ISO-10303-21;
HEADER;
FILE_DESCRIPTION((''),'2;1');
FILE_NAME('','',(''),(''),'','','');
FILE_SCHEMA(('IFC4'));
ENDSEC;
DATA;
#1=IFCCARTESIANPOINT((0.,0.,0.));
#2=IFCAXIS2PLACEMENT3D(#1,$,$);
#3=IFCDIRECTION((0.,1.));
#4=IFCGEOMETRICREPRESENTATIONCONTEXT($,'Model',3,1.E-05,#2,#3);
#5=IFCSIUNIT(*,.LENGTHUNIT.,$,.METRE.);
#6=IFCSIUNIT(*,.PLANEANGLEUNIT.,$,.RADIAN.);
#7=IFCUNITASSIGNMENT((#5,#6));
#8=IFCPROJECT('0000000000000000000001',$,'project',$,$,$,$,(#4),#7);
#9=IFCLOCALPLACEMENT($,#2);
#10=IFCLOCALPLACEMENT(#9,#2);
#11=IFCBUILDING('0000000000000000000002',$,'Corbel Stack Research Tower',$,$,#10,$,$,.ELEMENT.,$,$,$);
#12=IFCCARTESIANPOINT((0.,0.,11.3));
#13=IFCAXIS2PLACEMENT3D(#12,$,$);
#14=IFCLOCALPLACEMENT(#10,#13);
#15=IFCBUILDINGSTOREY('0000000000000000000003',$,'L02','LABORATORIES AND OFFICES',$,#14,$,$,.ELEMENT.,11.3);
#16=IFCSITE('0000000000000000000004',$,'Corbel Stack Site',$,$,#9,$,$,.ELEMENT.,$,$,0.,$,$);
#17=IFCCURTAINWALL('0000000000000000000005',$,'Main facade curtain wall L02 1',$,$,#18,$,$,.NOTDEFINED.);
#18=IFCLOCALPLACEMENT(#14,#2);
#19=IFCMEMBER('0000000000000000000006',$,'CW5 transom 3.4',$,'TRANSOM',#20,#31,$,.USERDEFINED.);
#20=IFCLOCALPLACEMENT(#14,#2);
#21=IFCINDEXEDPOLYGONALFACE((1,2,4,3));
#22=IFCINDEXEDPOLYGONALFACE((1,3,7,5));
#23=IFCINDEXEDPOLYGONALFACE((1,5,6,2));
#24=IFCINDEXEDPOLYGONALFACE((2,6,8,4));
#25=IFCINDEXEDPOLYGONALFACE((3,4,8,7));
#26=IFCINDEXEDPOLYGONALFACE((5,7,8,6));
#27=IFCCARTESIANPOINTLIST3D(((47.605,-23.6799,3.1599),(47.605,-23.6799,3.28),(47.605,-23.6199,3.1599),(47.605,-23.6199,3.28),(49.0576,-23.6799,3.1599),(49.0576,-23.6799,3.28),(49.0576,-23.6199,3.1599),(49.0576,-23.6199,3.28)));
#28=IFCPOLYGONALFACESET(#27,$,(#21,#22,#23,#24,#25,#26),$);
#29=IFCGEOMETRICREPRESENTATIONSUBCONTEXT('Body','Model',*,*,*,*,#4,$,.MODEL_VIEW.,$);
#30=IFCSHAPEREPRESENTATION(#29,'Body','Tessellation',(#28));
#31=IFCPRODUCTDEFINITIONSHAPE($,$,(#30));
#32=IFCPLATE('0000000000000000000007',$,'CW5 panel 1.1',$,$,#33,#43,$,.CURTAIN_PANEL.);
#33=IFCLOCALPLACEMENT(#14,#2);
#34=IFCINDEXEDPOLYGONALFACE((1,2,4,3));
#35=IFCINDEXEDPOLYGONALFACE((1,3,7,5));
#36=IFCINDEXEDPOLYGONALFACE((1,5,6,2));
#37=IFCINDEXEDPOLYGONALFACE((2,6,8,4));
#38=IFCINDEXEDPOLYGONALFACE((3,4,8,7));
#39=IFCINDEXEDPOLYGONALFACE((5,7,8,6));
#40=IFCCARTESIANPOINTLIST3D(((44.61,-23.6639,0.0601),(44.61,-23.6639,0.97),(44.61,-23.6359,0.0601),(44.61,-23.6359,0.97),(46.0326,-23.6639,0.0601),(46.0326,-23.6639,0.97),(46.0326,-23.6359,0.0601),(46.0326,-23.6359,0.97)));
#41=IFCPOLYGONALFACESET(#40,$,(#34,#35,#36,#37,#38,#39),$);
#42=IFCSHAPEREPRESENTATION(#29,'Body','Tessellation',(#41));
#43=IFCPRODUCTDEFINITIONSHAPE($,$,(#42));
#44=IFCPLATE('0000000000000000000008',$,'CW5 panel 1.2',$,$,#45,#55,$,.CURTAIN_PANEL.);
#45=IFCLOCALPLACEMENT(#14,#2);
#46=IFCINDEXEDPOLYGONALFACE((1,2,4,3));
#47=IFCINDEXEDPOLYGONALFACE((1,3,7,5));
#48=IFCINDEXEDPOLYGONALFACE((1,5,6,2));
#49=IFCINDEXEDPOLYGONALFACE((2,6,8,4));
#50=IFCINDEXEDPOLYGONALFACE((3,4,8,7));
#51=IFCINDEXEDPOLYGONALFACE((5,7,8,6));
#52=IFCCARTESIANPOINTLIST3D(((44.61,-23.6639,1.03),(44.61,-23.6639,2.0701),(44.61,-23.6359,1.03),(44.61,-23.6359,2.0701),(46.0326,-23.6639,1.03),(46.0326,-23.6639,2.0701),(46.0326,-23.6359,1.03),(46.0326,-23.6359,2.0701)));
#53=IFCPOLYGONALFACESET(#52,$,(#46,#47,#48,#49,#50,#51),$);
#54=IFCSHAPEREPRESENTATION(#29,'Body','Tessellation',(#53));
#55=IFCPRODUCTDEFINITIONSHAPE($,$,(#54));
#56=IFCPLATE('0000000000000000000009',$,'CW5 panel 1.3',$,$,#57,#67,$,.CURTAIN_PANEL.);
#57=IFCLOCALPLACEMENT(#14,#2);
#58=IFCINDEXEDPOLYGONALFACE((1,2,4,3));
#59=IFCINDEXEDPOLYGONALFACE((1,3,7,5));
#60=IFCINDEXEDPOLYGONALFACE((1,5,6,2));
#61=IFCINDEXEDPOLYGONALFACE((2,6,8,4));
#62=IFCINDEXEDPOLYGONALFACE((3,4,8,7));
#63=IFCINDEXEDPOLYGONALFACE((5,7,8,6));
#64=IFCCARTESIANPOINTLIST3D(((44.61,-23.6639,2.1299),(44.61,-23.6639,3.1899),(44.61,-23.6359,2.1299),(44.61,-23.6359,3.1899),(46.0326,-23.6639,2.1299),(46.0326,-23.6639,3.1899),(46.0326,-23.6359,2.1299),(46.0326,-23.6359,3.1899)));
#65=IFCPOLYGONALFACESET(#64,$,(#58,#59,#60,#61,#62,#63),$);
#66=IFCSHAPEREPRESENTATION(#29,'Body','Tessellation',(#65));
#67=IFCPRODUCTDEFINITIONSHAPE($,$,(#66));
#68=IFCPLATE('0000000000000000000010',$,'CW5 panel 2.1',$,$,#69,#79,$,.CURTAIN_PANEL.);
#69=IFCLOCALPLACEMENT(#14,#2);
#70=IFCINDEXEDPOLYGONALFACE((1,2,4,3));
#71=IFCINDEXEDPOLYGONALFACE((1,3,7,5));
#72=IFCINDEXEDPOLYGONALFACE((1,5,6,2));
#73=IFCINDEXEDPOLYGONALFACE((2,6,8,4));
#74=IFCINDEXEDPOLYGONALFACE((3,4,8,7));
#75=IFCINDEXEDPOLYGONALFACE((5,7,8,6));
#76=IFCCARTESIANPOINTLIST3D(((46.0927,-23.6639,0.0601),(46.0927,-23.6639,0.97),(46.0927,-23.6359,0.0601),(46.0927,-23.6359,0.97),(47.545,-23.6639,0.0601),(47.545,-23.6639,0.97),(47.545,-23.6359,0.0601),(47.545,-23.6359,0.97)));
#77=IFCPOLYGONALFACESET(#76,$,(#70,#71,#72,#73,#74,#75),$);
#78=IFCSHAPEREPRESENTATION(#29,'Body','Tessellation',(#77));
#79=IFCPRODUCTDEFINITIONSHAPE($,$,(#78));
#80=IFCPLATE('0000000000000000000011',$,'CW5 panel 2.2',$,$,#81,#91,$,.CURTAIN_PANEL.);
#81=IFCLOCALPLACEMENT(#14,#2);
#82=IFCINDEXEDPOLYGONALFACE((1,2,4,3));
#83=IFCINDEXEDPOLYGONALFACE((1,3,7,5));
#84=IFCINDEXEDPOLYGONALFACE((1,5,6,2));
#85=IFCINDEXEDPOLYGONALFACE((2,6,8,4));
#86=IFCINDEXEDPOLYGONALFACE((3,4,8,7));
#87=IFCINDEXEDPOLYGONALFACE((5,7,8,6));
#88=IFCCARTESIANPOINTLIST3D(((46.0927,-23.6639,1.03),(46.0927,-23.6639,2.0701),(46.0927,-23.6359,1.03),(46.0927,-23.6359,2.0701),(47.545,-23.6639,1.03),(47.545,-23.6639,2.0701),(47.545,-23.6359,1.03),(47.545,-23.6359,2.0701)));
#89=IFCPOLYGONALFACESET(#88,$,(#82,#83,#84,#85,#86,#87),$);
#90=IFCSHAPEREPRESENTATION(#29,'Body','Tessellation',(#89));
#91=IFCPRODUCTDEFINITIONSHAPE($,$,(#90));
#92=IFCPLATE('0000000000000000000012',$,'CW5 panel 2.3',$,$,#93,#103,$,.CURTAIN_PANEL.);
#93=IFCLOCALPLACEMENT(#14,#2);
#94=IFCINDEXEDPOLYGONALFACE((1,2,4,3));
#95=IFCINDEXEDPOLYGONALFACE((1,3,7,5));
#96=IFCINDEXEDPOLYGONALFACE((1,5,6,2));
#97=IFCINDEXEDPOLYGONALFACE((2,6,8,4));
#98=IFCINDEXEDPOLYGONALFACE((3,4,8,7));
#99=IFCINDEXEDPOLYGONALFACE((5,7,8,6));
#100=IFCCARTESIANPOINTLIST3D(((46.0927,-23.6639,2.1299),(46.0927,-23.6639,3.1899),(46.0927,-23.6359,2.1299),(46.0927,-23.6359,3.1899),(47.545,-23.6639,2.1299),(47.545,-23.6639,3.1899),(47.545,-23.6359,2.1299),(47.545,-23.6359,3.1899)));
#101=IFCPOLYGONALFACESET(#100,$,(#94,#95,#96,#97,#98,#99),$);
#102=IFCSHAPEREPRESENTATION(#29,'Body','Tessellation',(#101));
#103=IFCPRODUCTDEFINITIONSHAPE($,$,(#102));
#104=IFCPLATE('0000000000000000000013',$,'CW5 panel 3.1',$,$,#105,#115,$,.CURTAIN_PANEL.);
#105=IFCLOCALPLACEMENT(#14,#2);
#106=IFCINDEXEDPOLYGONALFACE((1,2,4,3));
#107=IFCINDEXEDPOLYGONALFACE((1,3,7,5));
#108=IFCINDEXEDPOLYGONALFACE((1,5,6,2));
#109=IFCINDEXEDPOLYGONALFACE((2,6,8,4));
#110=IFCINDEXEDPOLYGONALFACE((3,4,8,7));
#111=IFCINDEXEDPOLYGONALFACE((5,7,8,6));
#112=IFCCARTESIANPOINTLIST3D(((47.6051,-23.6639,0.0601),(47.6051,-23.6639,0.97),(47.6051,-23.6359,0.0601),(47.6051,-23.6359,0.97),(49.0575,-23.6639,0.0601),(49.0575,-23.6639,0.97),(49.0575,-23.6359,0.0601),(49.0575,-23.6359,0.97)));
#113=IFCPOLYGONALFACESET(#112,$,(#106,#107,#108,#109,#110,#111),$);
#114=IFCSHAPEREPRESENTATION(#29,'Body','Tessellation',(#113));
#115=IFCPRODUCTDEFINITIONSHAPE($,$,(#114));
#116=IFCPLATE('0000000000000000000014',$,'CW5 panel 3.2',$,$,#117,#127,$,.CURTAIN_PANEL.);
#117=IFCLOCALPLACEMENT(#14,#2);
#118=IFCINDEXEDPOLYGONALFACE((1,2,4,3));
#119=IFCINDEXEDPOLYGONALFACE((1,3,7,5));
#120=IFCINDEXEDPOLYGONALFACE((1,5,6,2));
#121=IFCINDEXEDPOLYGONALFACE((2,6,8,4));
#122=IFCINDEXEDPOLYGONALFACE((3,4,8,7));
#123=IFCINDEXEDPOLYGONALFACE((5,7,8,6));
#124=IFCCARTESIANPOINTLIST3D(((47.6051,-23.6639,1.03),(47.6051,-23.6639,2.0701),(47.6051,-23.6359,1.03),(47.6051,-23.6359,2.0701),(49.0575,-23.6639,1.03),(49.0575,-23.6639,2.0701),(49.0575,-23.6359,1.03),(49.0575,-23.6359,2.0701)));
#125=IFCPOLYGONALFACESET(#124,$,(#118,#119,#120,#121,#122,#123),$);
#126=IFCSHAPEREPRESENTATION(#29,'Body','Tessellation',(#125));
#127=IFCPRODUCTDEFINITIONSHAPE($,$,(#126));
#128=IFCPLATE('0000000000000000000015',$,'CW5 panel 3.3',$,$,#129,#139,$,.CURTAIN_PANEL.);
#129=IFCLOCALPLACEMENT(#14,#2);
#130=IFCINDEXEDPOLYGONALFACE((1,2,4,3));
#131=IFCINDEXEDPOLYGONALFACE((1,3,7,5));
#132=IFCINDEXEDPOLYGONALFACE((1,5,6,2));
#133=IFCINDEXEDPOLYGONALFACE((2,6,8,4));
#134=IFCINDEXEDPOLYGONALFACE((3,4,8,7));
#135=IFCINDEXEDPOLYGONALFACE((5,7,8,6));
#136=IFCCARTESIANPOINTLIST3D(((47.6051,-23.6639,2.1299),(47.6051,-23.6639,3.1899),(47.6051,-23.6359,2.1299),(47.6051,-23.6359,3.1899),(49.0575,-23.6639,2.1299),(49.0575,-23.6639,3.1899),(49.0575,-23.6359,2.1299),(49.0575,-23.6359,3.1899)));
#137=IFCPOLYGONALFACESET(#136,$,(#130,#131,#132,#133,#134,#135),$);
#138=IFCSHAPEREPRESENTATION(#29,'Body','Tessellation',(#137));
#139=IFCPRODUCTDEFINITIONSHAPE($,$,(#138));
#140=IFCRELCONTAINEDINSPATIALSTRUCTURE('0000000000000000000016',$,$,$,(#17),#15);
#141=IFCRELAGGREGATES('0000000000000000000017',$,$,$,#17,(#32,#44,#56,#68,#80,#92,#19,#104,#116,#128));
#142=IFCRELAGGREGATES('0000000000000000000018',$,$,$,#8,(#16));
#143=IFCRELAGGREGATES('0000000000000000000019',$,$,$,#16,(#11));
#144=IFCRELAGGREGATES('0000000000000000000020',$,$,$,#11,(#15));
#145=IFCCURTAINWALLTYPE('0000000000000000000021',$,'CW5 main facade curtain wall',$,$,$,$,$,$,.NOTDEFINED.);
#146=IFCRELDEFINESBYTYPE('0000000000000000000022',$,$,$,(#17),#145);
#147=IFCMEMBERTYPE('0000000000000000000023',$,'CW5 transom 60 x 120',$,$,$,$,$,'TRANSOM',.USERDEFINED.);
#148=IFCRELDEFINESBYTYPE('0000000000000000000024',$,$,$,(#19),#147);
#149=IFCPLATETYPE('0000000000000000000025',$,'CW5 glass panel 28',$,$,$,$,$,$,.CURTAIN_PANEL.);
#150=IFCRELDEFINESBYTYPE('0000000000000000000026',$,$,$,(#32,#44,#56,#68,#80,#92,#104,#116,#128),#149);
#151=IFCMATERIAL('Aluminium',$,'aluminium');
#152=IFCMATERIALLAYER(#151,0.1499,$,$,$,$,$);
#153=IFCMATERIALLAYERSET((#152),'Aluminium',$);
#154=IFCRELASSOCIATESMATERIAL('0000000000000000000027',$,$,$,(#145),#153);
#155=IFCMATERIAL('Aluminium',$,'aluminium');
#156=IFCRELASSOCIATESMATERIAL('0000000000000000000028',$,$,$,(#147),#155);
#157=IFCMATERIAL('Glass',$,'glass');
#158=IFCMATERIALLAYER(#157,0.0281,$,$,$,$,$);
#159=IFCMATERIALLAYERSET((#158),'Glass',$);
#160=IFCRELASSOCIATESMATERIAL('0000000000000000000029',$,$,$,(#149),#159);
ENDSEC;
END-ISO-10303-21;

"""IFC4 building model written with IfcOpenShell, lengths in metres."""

from ifc_helpers import new_model, si_unit, direction, frame, origin, origin_2d, place, context, subcontext, project, spatial, rectangle, extrude, material, layer, layer_set, material_profile, profile_set, type_object, element, aggregate, save


model = new_model("IFC4")

# Units and contexts
model_context = context("Model", 3, precision=1e-05, world=origin(), true_north=direction((0.0, 1.0)))
body_context = subcontext(model_context, "Body", "Model", "MODEL_VIEW")
ifc_project = project(units=[si_unit("LENGTHUNIT", "METRE"), si_unit("PLANEANGLEUNIT", "RADIAN")], contexts=[model_context])

# Site, building, storey
site_placement = place(None, origin())
site = spatial("IfcSite", under=ifc_project, at=site_placement, Name="Corbel Stack Site", CompositionType="ELEMENT", RefElevation=0.0)
building_placement = place(site_placement, origin())
building = spatial("IfcBuilding", under=site, at=building_placement, Name="Corbel Stack Research Tower", CompositionType="ELEMENT")
storey_placement = place(building_placement, frame((0.0, 0.0, 11.3)))
storey = spatial("IfcBuildingStorey", under=building, at=storey_placement, Name="L02", Description="LABORATORIES AND OFFICES", CompositionType="ELEMENT", Elevation=11.3)

# Curtain wall, member, plates
ifc_material_1 = material(Name="Aluminium", Category="aluminium")
ifc_layer_1 = layer(ifc_material_1, 0.1499)
ifc_layer_set_1 = layer_set([ifc_layer_1], Name="Aluminium")
curtain_wall_type = type_object("IfcCurtainWallType", Name="CW5 main facade curtain wall", PredefinedType="NOTDEFINED", material=ifc_layer_set_1)
curtain_wall_placement = place(storey_placement, origin())
curtain_wall = element("IfcCurtainWall", 1, at=curtain_wall_placement, inside=storey, type_object=curtain_wall_type, Name="Main facade curtain wall L02 1", PredefinedType="NOTDEFINED")
ifc_material_2 = material(Name="Aluminium", Category="aluminium")
ifc_material_profile_1 = material_profile(ifc_material_2, rectangle(XDim=0.0601, YDim=0.1201, at=origin_2d()), Name="Transom 60 x 120")
ifc_profile_set_1 = profile_set([ifc_material_profile_1], Name="Aluminium")
member_type_1 = type_object("IfcMemberType", Name="CW5 transom 60 x 120", ElementType="TRANSOM", PredefinedType="USERDEFINED", material=ifc_profile_set_1)
member_1_placement = place(storey_placement, frame((47.605, -23.6499, 3.22), z_axis=(1.0, 0.0, 0.0), x_axis=(0.0, 1.0, 0.0)))
member_1 = element("IfcMember", 2, at=member_1_placement, type_object=member_type_1, Name="CW5 transom 3.4", ObjectType="TRANSOM", PredefinedType="USERDEFINED", context=body_context, shape_type="SweptSolid", body=[
    extrude(rectangle(XDim=0.0601, YDim=0.1201, at=origin_2d()), origin(), (0.0, 0.0, 1.0), 1.4526),
])
ifc_material_3 = material(Name="Glass", Category="glass")
ifc_layer_2 = layer(ifc_material_3, 0.0281)
ifc_layer_set_2 = layer_set([ifc_layer_2], Name="Glass")
plate_type = type_object("IfcPlateType", Name="CW5 glass panel 28", PredefinedType="CURTAIN_PANEL", material=ifc_layer_set_2)
plate_1_placement = place(storey_placement, frame((45.3213, -23.6499, 0.0601), z_axis=(0.0, 0.0, 1.0), x_axis=(1.0, 0.0, 0.0)))
plate_1 = element("IfcPlate", 3, at=plate_1_placement, type_object=plate_type, Name="CW5 panel 1.1", PredefinedType="CURTAIN_PANEL", context=body_context, shape_type="SweptSolid", body=[
    extrude(rectangle(XDim=1.4226, YDim=0.0281, at=origin_2d()), origin(), (0.0, 0.0, 1.0), 0.9099),
])
plate_2_placement = place(storey_placement, frame((45.3213, -23.6499, 1.03), z_axis=(0.0, 0.0, 1.0), x_axis=(1.0, 0.0, 0.0)))
plate_2 = element("IfcPlate", 4, at=plate_2_placement, type_object=plate_type, Name="CW5 panel 1.2", PredefinedType="CURTAIN_PANEL", context=body_context, shape_type="SweptSolid", body=[
    extrude(rectangle(XDim=1.4226, YDim=0.0281, at=origin_2d()), origin(), (0.0, 0.0, 1.0), 1.04),
])
plate_3_placement = place(storey_placement, frame((45.3213, -23.6499, 2.1299), z_axis=(0.0, 0.0, 1.0), x_axis=(1.0, 0.0, 0.0)))
plate_3 = element("IfcPlate", 5, at=plate_3_placement, type_object=plate_type, Name="CW5 panel 1.3", PredefinedType="CURTAIN_PANEL", context=body_context, shape_type="SweptSolid", body=[
    extrude(rectangle(XDim=1.4226, YDim=0.0281, at=origin_2d()), origin(), (0.0, 0.0, 1.0), 1.0601),
])
plate_4_placement = place(storey_placement, frame((46.8188, -23.6499, 0.0601), z_axis=(0.0, 0.0, 1.0), x_axis=(1.0, 0.0, 0.0)))
plate_4 = element("IfcPlate", 6, at=plate_4_placement, type_object=plate_type, Name="CW5 panel 2.1", PredefinedType="CURTAIN_PANEL", context=body_context, shape_type="SweptSolid", body=[
    extrude(rectangle(XDim=1.4524, YDim=0.0281, at=origin_2d()), origin(), (0.0, 0.0, 1.0), 0.9099),
])
plate_5_placement = place(storey_placement, frame((46.8188, -23.6499, 1.03), z_axis=(0.0, 0.0, 1.0), x_axis=(1.0, 0.0, 0.0)))
plate_5 = element("IfcPlate", 7, at=plate_5_placement, type_object=plate_type, Name="CW5 panel 2.2", PredefinedType="CURTAIN_PANEL", context=body_context, shape_type="SweptSolid", body=[
    extrude(rectangle(XDim=1.4524, YDim=0.0281, at=origin_2d()), origin(), (0.0, 0.0, 1.0), 1.04),
])
plate_6_placement = place(storey_placement, frame((46.8188, -23.6499, 2.1299), z_axis=(0.0, 0.0, 1.0), x_axis=(1.0, 0.0, 0.0)))
plate_6 = element("IfcPlate", 8, at=plate_6_placement, type_object=plate_type, Name="CW5 panel 2.3", PredefinedType="CURTAIN_PANEL", context=body_context, shape_type="SweptSolid", body=[
    extrude(rectangle(XDim=1.4524, YDim=0.0281, at=origin_2d()), origin(), (0.0, 0.0, 1.0), 1.0601),
])
plate_7_placement = place(storey_placement, frame((48.3313, -23.6499, 0.0601), z_axis=(0.0, 0.0, 1.0), x_axis=(1.0, 0.0, 0.0)))
plate_7 = element("IfcPlate", 9, at=plate_7_placement, type_object=plate_type, Name="CW5 panel 3.1", PredefinedType="CURTAIN_PANEL", context=body_context, shape_type="SweptSolid", body=[
    extrude(rectangle(XDim=1.4524, YDim=0.0281, at=origin_2d()), origin(), (0.0, 0.0, 1.0), 0.9099),
])
plate_8_placement = place(storey_placement, frame((48.3313, -23.6499, 1.03), z_axis=(0.0, 0.0, 1.0), x_axis=(1.0, 0.0, 0.0)))
plate_8 = element("IfcPlate", 10, at=plate_8_placement, type_object=plate_type, Name="CW5 panel 3.2", PredefinedType="CURTAIN_PANEL", context=body_context, shape_type="SweptSolid", body=[
    extrude(rectangle(XDim=1.4524, YDim=0.0281, at=origin_2d()), origin(), (0.0, 0.0, 1.0), 1.04),
])
plate_9_placement = place(storey_placement, frame((48.3313, -23.6499, 2.1299), z_axis=(0.0, 0.0, 1.0), x_axis=(1.0, 0.0, 0.0)))
plate_9 = element("IfcPlate", 11, at=plate_9_placement, type_object=plate_type, Name="CW5 panel 3.3", PredefinedType="CURTAIN_PANEL", context=body_context, shape_type="SweptSolid", body=[
    extrude(rectangle(XDim=1.4524, YDim=0.0281, at=origin_2d()), origin(), (0.0, 0.0, 1.0), 1.0601),
])
aggregate(curtain_wall, [plate_1, plate_2, plate_3, plate_4, plate_5, plate_6, member_1, plate_7, plate_8, plate_9])

save(model, "model.ifc")
